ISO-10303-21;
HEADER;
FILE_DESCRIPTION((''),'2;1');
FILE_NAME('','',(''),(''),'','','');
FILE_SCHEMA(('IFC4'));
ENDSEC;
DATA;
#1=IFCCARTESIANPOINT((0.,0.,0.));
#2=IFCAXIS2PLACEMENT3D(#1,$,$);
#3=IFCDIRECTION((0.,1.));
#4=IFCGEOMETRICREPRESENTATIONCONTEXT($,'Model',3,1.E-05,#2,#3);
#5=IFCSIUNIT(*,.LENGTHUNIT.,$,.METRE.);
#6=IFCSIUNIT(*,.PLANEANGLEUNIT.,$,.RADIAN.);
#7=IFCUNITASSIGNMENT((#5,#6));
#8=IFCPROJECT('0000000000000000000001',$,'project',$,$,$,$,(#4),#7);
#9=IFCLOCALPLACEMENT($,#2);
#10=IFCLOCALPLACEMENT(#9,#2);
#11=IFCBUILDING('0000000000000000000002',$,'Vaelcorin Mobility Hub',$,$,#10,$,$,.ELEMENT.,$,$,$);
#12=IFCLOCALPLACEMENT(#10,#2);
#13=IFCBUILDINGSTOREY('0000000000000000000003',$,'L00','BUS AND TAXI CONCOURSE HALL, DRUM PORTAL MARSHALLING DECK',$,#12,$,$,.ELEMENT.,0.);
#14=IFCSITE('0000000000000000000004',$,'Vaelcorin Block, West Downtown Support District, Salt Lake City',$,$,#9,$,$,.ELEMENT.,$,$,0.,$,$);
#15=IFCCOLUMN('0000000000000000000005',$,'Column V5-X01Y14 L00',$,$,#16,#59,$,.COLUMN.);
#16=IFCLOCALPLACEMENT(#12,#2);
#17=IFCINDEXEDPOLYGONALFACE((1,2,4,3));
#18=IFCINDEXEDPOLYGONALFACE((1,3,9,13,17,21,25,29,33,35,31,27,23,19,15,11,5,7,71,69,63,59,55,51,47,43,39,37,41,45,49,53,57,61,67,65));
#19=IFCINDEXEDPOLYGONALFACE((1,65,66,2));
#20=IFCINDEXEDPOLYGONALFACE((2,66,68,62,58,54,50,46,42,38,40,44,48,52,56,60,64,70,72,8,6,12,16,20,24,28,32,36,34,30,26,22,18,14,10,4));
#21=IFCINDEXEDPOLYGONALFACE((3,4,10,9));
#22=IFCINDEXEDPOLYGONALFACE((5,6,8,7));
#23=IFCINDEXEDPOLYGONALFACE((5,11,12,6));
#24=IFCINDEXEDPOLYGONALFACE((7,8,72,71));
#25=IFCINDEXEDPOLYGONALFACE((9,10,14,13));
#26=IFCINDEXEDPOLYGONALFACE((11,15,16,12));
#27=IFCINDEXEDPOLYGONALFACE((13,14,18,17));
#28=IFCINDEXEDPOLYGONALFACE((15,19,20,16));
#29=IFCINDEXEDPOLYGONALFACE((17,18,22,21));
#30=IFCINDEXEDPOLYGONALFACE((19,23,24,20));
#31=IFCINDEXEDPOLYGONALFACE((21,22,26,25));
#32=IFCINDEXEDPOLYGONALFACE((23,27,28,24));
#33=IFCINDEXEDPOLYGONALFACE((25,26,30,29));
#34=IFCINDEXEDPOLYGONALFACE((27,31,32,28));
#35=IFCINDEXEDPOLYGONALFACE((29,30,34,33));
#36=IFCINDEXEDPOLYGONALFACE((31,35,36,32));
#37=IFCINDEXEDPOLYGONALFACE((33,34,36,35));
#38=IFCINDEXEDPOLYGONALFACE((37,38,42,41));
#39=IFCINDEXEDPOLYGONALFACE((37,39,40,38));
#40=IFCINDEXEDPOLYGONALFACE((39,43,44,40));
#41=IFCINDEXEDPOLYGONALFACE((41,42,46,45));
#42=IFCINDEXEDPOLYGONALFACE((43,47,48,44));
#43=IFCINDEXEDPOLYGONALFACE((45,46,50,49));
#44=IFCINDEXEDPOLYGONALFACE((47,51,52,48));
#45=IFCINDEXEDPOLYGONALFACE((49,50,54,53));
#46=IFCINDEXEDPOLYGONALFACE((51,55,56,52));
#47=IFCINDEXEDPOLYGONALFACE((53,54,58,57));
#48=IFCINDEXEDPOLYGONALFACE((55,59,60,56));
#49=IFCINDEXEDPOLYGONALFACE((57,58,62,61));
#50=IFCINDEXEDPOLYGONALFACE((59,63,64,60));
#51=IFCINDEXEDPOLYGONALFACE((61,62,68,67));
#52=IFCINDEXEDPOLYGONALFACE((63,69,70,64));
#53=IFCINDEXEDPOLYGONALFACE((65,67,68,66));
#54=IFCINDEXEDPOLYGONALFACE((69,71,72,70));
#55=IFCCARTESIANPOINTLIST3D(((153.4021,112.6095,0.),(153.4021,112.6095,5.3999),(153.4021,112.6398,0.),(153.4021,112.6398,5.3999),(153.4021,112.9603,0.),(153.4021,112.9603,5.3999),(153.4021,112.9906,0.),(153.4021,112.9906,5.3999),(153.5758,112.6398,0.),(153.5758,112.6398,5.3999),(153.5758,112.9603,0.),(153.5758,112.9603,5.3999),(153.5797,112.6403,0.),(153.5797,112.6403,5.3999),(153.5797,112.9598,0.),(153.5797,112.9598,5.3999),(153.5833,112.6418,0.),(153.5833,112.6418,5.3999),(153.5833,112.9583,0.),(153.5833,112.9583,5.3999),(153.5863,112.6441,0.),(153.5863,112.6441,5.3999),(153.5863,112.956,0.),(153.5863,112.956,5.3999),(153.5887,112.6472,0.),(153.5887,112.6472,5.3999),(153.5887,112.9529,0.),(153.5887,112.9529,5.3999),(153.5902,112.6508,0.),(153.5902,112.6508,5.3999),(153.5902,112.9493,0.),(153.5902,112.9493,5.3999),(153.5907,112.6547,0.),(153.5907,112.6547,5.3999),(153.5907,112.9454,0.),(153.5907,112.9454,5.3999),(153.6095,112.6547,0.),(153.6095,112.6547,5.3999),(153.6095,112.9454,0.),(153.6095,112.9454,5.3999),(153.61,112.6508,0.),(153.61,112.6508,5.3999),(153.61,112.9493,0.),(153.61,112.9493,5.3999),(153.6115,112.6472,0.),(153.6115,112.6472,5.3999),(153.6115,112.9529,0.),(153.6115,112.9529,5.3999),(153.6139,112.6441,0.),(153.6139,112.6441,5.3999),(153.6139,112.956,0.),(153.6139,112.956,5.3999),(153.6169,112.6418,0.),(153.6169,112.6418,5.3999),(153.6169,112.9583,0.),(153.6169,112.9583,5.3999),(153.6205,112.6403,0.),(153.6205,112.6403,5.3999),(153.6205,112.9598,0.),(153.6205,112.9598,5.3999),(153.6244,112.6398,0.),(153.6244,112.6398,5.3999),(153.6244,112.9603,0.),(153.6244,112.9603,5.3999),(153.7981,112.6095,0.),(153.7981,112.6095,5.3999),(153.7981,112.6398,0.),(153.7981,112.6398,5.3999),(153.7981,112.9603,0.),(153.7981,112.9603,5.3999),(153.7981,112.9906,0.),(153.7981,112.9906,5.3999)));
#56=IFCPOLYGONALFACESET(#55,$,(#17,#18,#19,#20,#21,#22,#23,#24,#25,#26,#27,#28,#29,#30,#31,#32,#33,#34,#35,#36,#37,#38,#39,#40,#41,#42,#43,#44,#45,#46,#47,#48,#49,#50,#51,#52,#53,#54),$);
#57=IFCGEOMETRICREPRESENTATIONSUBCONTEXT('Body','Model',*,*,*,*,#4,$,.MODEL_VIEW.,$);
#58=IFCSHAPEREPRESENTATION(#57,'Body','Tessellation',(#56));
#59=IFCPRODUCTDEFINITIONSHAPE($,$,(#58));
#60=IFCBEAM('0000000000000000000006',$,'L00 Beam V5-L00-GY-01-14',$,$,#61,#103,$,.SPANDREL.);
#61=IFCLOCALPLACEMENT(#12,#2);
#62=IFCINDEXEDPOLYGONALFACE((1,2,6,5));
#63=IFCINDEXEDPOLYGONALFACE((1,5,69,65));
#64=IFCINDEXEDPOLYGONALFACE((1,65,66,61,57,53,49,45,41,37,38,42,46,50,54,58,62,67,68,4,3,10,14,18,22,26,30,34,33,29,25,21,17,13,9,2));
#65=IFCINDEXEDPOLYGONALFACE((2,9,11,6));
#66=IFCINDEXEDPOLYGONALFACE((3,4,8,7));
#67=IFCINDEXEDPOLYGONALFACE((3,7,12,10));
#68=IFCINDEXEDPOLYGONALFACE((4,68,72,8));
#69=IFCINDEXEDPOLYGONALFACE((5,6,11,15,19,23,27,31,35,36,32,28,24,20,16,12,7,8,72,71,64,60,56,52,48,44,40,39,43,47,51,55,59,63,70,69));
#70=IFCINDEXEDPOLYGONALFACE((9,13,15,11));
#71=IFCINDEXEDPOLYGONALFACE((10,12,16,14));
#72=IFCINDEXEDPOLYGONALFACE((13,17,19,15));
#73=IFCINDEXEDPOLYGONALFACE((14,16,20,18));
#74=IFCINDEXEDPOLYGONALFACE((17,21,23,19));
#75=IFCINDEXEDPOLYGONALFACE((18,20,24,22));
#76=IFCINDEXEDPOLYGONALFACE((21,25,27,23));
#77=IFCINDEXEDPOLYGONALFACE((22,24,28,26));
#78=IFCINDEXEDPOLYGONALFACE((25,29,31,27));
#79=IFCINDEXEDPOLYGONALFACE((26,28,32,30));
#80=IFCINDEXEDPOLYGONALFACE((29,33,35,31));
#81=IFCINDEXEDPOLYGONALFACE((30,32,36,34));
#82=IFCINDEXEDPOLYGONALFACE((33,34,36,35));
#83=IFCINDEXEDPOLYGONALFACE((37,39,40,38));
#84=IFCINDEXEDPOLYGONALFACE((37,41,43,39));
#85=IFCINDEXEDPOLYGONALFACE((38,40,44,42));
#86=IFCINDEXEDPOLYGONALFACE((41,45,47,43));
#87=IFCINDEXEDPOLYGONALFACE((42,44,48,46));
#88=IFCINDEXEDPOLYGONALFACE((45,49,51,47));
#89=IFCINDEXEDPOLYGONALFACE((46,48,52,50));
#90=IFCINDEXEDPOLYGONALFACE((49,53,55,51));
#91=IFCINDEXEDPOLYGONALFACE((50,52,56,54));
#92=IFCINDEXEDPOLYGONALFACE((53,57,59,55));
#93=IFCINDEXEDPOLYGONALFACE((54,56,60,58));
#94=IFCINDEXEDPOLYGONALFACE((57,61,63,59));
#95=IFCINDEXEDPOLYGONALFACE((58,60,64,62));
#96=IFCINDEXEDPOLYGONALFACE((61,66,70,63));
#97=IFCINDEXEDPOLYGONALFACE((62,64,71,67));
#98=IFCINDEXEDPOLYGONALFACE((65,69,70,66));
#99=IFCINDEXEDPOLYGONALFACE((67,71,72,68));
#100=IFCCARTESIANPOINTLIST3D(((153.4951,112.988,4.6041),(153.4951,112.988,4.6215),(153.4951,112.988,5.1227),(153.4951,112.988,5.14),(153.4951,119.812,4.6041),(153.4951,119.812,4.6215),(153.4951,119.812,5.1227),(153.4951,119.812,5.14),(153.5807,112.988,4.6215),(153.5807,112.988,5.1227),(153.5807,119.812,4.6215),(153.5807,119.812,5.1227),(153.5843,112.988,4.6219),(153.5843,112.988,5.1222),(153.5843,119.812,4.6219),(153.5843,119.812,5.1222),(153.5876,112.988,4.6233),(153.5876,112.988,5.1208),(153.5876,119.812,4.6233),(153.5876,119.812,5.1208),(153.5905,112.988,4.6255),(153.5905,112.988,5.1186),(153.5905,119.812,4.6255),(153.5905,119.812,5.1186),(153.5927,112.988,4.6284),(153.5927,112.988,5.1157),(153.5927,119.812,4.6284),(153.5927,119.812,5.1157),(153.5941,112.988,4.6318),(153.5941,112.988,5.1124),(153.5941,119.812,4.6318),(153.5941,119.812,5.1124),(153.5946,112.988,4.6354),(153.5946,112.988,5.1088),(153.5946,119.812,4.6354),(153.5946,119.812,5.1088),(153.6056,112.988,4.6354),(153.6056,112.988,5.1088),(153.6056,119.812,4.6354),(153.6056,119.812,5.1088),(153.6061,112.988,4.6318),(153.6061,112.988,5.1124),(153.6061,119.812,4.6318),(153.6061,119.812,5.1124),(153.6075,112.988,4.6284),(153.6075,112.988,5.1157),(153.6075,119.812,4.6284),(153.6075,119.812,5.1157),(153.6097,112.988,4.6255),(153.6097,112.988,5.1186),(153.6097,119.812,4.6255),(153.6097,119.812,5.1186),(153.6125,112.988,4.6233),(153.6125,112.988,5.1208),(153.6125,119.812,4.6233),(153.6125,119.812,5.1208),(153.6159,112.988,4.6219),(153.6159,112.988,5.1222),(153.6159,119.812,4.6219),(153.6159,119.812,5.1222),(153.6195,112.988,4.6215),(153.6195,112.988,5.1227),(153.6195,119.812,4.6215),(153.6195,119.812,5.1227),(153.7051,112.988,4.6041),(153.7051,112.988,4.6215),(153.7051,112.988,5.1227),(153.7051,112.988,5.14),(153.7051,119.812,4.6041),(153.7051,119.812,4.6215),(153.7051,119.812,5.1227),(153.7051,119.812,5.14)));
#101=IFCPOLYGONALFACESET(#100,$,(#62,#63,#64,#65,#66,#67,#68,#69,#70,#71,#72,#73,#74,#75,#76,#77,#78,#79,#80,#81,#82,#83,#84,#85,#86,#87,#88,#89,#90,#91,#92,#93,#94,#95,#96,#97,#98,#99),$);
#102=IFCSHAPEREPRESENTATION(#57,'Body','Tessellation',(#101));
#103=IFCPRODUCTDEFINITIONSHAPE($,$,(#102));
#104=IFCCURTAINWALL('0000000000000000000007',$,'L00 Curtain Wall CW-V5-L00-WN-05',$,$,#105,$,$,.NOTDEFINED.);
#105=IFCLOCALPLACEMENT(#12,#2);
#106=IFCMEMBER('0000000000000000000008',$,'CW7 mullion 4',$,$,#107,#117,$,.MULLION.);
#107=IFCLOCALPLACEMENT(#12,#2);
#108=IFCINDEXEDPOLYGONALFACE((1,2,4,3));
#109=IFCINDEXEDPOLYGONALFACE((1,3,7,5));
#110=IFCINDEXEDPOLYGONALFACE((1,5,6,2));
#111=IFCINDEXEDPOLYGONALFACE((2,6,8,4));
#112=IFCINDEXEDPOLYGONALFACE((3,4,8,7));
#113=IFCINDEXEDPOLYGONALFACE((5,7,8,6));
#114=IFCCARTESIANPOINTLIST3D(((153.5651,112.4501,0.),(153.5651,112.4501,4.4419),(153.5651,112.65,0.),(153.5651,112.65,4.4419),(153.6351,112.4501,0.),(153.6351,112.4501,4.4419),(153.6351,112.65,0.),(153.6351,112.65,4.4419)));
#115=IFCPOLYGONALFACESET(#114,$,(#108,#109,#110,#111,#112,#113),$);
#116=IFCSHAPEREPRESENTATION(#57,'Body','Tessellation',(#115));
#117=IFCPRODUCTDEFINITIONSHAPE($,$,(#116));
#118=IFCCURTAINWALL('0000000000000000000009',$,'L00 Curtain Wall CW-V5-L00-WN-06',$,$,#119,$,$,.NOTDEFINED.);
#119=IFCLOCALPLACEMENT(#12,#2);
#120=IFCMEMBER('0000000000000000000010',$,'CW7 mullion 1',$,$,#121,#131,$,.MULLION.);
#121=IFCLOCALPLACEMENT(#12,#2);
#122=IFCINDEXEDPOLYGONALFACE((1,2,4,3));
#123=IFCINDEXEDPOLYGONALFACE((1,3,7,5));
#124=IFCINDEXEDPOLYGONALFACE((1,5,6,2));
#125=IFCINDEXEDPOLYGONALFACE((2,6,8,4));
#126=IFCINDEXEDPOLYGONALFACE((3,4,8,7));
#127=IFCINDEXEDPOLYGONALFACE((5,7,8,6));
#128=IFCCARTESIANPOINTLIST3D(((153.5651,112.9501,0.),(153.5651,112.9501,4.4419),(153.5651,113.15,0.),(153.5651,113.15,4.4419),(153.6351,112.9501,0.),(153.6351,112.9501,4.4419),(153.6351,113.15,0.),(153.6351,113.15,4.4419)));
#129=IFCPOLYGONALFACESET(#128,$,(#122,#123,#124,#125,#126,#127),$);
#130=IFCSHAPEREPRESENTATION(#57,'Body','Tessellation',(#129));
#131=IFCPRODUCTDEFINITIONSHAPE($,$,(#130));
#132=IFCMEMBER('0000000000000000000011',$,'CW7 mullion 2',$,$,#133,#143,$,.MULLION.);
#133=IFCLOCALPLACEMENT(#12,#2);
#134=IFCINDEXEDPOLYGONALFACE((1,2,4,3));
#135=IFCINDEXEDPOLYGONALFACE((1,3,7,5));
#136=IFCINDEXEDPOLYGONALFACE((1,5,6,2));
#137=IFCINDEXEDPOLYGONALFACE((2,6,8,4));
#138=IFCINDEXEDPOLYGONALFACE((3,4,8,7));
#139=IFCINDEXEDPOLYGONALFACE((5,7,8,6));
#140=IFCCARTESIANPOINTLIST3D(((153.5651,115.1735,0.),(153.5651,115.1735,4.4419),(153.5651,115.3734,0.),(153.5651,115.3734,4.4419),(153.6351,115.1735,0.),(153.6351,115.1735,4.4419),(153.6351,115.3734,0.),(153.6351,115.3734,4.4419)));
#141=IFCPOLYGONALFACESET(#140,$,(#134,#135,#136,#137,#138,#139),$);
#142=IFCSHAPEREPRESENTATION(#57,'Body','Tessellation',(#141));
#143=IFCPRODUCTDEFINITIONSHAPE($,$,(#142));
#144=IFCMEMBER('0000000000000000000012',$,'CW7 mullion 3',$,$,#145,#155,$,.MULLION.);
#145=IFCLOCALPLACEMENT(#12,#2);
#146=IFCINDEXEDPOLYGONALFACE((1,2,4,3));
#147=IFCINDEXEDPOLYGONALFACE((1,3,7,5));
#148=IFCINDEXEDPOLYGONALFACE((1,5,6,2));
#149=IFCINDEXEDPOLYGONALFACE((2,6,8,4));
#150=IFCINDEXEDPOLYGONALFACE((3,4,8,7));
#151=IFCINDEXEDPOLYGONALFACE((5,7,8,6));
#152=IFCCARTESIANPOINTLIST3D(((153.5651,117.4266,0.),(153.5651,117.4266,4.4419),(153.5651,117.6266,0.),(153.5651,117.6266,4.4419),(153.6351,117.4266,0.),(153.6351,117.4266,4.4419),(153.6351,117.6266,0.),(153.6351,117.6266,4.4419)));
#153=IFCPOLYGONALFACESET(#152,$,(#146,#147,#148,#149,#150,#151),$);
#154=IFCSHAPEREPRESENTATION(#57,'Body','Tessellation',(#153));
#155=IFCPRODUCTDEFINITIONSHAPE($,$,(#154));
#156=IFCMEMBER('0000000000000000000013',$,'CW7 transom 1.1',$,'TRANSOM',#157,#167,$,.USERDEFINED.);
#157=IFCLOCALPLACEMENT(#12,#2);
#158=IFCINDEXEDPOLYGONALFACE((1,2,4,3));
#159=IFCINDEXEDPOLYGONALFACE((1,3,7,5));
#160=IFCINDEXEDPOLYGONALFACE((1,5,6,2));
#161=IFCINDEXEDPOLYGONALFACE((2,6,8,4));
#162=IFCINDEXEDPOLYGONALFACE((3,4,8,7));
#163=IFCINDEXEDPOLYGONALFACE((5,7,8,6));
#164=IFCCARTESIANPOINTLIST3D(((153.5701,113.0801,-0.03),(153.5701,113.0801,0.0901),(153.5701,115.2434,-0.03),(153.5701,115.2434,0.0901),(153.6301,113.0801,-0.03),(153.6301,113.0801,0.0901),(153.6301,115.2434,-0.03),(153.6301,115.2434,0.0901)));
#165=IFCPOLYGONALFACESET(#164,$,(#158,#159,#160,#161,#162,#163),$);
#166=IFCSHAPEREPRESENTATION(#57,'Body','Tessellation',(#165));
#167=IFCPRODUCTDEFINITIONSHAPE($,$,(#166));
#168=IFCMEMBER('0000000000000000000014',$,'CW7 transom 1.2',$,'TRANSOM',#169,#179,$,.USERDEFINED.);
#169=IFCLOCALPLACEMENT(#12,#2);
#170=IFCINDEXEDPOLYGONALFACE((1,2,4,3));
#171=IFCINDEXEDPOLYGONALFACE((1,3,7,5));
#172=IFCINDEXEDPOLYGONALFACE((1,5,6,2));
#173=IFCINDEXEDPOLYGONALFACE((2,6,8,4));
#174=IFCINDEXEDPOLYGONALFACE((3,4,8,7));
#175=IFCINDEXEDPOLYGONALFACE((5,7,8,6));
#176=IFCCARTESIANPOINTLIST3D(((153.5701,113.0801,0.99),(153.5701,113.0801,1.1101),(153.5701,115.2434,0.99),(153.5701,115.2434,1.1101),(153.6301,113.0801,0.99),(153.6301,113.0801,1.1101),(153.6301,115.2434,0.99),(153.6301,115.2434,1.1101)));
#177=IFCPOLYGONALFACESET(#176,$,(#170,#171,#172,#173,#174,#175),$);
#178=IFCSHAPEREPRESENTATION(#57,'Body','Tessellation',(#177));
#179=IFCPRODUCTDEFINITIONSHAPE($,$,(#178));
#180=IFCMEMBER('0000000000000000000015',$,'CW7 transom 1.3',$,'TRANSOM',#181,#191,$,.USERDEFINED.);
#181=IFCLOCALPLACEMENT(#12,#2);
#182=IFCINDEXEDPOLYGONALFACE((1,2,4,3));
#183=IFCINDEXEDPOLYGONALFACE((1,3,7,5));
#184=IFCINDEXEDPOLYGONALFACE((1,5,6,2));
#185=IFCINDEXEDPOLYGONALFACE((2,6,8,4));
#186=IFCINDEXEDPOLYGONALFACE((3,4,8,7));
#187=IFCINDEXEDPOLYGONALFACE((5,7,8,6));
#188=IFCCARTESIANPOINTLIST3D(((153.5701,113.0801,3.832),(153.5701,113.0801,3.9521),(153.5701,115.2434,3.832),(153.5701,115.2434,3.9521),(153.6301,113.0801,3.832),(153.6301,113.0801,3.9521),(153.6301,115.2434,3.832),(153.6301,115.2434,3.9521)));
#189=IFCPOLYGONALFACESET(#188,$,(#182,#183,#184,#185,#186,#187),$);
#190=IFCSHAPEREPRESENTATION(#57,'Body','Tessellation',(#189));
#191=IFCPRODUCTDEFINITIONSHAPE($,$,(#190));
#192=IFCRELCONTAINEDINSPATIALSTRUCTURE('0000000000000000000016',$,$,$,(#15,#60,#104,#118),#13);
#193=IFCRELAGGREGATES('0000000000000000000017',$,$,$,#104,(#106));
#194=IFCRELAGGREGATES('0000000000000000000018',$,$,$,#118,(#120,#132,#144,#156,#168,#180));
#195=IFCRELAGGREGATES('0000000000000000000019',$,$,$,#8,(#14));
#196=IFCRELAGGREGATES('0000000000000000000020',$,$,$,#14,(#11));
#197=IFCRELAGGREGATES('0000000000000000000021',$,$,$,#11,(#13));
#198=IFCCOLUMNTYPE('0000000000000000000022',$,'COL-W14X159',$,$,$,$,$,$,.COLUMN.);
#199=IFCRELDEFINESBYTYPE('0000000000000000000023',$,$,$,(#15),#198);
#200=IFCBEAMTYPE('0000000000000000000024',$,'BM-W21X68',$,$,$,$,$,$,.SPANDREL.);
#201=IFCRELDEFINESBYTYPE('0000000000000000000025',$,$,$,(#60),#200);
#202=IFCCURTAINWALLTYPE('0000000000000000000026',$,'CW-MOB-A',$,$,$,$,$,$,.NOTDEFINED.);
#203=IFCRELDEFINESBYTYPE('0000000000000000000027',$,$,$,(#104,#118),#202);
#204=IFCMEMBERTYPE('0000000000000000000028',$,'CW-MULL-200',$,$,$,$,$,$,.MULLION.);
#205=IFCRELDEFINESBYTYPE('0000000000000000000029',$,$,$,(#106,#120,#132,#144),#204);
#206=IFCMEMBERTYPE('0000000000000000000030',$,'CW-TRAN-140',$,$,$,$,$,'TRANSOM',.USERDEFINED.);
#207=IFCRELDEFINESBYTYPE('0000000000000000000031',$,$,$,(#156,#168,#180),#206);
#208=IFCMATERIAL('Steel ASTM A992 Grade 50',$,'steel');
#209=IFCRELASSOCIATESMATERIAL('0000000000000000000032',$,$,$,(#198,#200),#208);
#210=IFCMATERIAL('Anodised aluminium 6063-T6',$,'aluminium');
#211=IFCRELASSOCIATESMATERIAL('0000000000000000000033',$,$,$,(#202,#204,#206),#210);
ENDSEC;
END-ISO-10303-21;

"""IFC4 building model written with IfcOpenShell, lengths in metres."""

from ifc_helpers import new_model, si_unit, direction, frame, origin, origin_2d, place, context, subcontext, project, spatial, rectangle, i_section, extrude, material, material_profile, profile_set, type_object, element, aggregate, save


model = new_model("IFC4")

# Units and contexts
model_context = context("Model", 3, precision=1e-05, world=origin(), true_north=direction((0.0, 1.0)))
body_context = subcontext(model_context, "Body", "Model", "MODEL_VIEW")
ifc_project = project(units=[si_unit("LENGTHUNIT", "METRE"), si_unit("PLANEANGLEUNIT", "RADIAN")], contexts=[model_context])

# Site, building, storey
site_placement = place(None, origin())
site = spatial("IfcSite", under=ifc_project, at=site_placement, Name="Vaelcorin Block, West Downtown Support District, Salt Lake City", CompositionType="ELEMENT", RefElevation=0.0)
building_placement = place(site_placement, origin())
building = spatial("IfcBuilding", under=site, at=building_placement, Name="Vaelcorin Mobility Hub", CompositionType="ELEMENT")
storey_placement = place(building_placement, origin())
storey = spatial("IfcBuildingStorey", under=building, at=storey_placement, Name="L00", Description="BUS AND TAXI CONCOURSE HALL, DRUM PORTAL MARSHALLING DECK", CompositionType="ELEMENT", Elevation=0.0)

# Column
ifc_material_1 = material(Name="Steel ASTM A992 Grade 50", Category="steel")
ifc_material_profile_1 = material_profile(ifc_material_1, i_section(OverallWidth=0.396, OverallDepth=0.3811, WebThickness=0.0188, FlangeThickness=0.0303, FilletRadius=0.0149, at=origin_2d()), Name="W14X159")
ifc_profile_set_1 = profile_set([ifc_material_profile_1], Name="Steel ASTM A992 Grade 50")
column_type = type_object("IfcColumnType", Name="COL-W14X159", PredefinedType="COLUMN", material=ifc_profile_set_1)
column_placement = place(storey_placement, frame((153.6001, 112.8, 0.0), z_axis=(0.0, 0.0, 1.0), x_axis=(1.0, 0.0, 0.0)))
element("IfcColumn", 1, at=column_placement, inside=storey, type_object=column_type, Name="Column V5-X01Y14 L00", PredefinedType="COLUMN", context=body_context, shape_type="SweptSolid", body=[
    extrude(i_section(OverallWidth=0.396, OverallDepth=0.3811, WebThickness=0.0188, FlangeThickness=0.0303, FilletRadius=0.0149, at=origin_2d()), origin(), (0.0, 0.0, 1.0), 5.3999),
])

# Beam
ifc_material_profile_2 = material_profile(ifc_material_1, i_section(OverallWidth=0.21, OverallDepth=0.5359, WebThickness=0.011, FlangeThickness=0.0173, FilletRadius=0.0139, at=origin_2d()), Name="W21X68")
ifc_profile_set_2 = profile_set([ifc_material_profile_2], Name="Steel ASTM A992 Grade 50")
beam_type = type_object("IfcBeamType", Name="BM-W21X68", PredefinedType="SPANDREL", material=ifc_profile_set_2)
beam_placement = place(storey_placement, frame((153.6001, 112.988, 4.8721), z_axis=(0.0, 1.0, 0.0), x_axis=(-1.0, 0.0, 0.0)))
element("IfcBeam", 2, at=beam_placement, inside=storey, type_object=beam_type, Name="L00 Beam V5-L00-GY-01-14", PredefinedType="SPANDREL", context=body_context, shape_type="SweptSolid", body=[
    extrude(i_section(OverallWidth=0.21, OverallDepth=0.5359, WebThickness=0.011, FlangeThickness=0.0173, FilletRadius=0.0139, at=origin_2d()), origin(), (0.0, 0.0, 1.0), 6.824),
])

# Curtain wall, member
ifc_material_2 = material(Name="Anodised aluminium 6063-T6", Category="aluminium")
curtain_wall_type = type_object("IfcCurtainWallType", Name="CW-MOB-A", PredefinedType="NOTDEFINED", material=ifc_material_2)
curtain_wall_1_placement = place(storey_placement, origin())
curtain_wall_1 = element("IfcCurtainWall", 3, at=curtain_wall_1_placement, inside=storey, type_object=curtain_wall_type, Name="L00 Curtain Wall CW-V5-L00-WN-05", PredefinedType="NOTDEFINED")
ifc_material_profile_3 = material_profile(ifc_material_2, rectangle(XDim=0.0701, YDim=0.2, at=origin_2d()), Name="ALU-M70X200")
ifc_profile_set_3 = profile_set([ifc_material_profile_3], Name="Anodised aluminium 6063-T6")
member_type_1 = type_object("IfcMemberType", Name="CW-MULL-200", PredefinedType="MULLION", material=ifc_profile_set_3)
member_1_placement = place(storey_placement, frame((153.6001, 112.55, 0.0), z_axis=(0.0, 0.0, 1.0), x_axis=(-1.0, 0.0, 0.0)))
member_1 = element("IfcMember", 4, at=member_1_placement, type_object=member_type_1, Name="CW7 mullion 4", PredefinedType="MULLION", context=body_context, shape_type="SweptSolid", body=[
    extrude(rectangle(XDim=0.0701, YDim=0.2, at=origin_2d()), origin(), (0.0, 0.0, 1.0), 4.4419),
])

# Curtain wall, members
curtain_wall_2_placement = place(storey_placement, origin())
curtain_wall_2 = element("IfcCurtainWall", 5, at=curtain_wall_2_placement, inside=storey, type_object=curtain_wall_type, Name="L00 Curtain Wall CW-V5-L00-WN-06", PredefinedType="NOTDEFINED")
member_2_placement = place(storey_placement, frame((153.6001, 113.05, 0.0), z_axis=(0.0, 0.0, 1.0), x_axis=(-1.0, 0.0, 0.0)))
member_2 = element("IfcMember", 6, at=member_2_placement, type_object=member_type_1, Name="CW7 mullion 1", PredefinedType="MULLION", context=body_context, shape_type="SweptSolid", body=[
    extrude(rectangle(XDim=0.0701, YDim=0.2, at=origin_2d()), origin(), (0.0, 0.0, 1.0), 4.4419),
])
member_3_placement = place(storey_placement, frame((153.6001, 115.2734, 0.0), z_axis=(0.0, 0.0, 1.0), x_axis=(-1.0, 0.0, 0.0)))
member_3 = element("IfcMember", 7, at=member_3_placement, type_object=member_type_1, Name="CW7 mullion 2", PredefinedType="MULLION", context=body_context, shape_type="SweptSolid", body=[
    extrude(rectangle(XDim=0.0701, YDim=0.2, at=origin_2d()), origin(), (0.0, 0.0, 1.0), 4.4419),
])
member_4_placement = place(storey_placement, frame((153.6001, 117.5266, 0.0), z_axis=(0.0, 0.0, 1.0), x_axis=(-1.0, 0.0, 0.0)))
member_4 = element("IfcMember", 8, at=member_4_placement, type_object=member_type_1, Name="CW7 mullion 3", PredefinedType="MULLION", context=body_context, shape_type="SweptSolid", body=[
    extrude(rectangle(XDim=0.0701, YDim=0.2, at=origin_2d()), origin(), (0.0, 0.0, 1.0), 4.4419),
])
ifc_material_profile_4 = material_profile(ifc_material_2, rectangle(XDim=0.0601, YDim=0.1201, at=origin_2d()), Name="ALU-T60X120")
ifc_profile_set_4 = profile_set([ifc_material_profile_4], Name="Anodised aluminium 6063-T6")
member_type_2 = type_object("IfcMemberType", Name="CW-TRAN-140", ElementType="TRANSOM", PredefinedType="USERDEFINED", material=ifc_profile_set_4)
member_5_placement = place(storey_placement, frame((153.6001, 113.0801, 0.03), z_axis=(0.0, 1.0, 0.0), x_axis=(-1.0, 0.0, 0.0)))
member_5 = element("IfcMember", 9, at=member_5_placement, type_object=member_type_2, Name="CW7 transom 1.1", ObjectType="TRANSOM", PredefinedType="USERDEFINED", context=body_context, shape_type="SweptSolid", body=[
    extrude(rectangle(XDim=0.0601, YDim=0.1201, at=origin_2d()), origin(), (0.0, 0.0, 1.0), 2.1633),
])
member_6_placement = place(storey_placement, frame((153.6001, 113.0801, 1.05), z_axis=(0.0, 1.0, 0.0), x_axis=(-1.0, 0.0, 0.0)))
member_6 = element("IfcMember", 10, at=member_6_placement, type_object=member_type_2, Name="CW7 transom 1.2", ObjectType="TRANSOM", PredefinedType="USERDEFINED", context=body_context, shape_type="SweptSolid", body=[
    extrude(rectangle(XDim=0.0601, YDim=0.1201, at=origin_2d()), origin(), (0.0, 0.0, 1.0), 2.1633),
])
member_7_placement = place(storey_placement, frame((153.6001, 113.0801, 3.8921), z_axis=(0.0, 1.0, 0.0), x_axis=(-1.0, 0.0, 0.0)))
member_7 = element("IfcMember", 11, at=member_7_placement, type_object=member_type_2, Name="CW7 transom 1.3", ObjectType="TRANSOM", PredefinedType="USERDEFINED", context=body_context, shape_type="SweptSolid", body=[
    extrude(rectangle(XDim=0.0601, YDim=0.1201, at=origin_2d()), origin(), (0.0, 0.0, 1.0), 2.1633),
])

aggregate(curtain_wall_1, [member_1])
aggregate(curtain_wall_2, [member_2, member_3, member_4, member_5, member_6, member_7])

save(model, "model.ifc")
